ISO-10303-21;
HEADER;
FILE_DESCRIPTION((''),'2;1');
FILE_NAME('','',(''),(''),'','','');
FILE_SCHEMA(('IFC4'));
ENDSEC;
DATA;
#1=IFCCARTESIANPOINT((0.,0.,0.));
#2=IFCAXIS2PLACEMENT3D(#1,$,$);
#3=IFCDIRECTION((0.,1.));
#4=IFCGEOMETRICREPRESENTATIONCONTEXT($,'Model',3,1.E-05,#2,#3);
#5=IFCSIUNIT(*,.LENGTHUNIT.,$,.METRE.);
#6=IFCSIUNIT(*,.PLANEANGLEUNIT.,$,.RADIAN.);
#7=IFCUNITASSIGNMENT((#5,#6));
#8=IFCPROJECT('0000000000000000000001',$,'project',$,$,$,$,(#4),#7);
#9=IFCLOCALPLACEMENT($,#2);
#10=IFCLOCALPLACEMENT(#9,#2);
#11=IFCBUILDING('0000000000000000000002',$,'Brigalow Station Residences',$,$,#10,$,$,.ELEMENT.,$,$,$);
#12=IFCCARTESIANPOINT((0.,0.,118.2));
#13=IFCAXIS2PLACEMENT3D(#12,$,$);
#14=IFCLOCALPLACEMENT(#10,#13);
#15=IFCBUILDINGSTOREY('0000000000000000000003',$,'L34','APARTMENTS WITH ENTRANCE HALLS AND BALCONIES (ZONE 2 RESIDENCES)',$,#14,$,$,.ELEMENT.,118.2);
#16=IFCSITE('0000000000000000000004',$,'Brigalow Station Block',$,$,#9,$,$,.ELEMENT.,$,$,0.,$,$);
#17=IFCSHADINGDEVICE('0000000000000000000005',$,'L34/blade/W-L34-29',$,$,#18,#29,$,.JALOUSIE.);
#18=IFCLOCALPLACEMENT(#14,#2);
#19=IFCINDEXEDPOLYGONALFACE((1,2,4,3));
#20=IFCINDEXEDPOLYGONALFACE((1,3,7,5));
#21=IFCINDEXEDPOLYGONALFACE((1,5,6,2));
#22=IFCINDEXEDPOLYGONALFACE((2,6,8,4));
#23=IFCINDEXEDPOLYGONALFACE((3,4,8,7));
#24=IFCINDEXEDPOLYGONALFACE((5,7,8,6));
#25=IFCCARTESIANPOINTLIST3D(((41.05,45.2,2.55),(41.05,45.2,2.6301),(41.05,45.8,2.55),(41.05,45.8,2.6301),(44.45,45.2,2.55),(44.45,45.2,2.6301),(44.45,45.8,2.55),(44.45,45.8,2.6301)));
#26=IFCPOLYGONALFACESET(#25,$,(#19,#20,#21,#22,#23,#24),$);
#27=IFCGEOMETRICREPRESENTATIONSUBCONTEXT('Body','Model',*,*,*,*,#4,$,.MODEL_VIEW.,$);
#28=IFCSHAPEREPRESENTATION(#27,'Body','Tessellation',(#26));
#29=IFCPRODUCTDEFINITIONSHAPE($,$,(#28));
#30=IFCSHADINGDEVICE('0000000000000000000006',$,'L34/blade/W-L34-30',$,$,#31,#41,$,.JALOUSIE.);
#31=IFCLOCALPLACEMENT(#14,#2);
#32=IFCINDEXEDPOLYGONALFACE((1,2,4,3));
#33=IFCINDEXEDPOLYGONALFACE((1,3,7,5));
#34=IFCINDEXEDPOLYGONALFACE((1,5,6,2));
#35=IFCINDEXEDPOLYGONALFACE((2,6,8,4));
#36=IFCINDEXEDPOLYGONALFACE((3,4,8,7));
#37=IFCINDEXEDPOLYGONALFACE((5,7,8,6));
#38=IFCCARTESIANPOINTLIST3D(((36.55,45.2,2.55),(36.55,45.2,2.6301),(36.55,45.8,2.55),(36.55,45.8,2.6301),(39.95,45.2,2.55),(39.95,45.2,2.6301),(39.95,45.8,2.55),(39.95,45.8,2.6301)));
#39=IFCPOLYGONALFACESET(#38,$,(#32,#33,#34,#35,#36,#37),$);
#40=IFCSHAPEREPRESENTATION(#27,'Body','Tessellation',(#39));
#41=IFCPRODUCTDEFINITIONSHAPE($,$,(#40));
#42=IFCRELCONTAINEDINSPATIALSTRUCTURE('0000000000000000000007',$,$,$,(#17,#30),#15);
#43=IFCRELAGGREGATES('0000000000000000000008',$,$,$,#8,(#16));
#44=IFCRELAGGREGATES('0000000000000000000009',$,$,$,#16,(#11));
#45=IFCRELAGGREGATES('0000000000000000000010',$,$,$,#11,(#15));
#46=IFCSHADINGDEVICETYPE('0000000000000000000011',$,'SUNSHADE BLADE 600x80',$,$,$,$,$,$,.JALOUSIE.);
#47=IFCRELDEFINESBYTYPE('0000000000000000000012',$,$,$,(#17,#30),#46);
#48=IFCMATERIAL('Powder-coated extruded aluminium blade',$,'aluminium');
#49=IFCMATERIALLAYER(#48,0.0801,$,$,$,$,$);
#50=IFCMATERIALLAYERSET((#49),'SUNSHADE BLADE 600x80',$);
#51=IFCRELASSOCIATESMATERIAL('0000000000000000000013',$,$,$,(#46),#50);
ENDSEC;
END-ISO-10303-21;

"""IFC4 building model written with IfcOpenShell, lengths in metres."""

from ifc_helpers import new_model, si_unit, direction, frame, origin, origin_2d, place, context, subcontext, project, spatial, rectangle, extrude, material, layer, layer_set, type_object, element, save


model = new_model("IFC4")

# Units and contexts
model_context = context("Model", 3, precision=1e-05, world=origin(), true_north=direction((0.0, 1.0)))
body_context = subcontext(model_context, "Body", "Model", "MODEL_VIEW")
ifc_project = project(units=[si_unit("LENGTHUNIT", "METRE"), si_unit("PLANEANGLEUNIT", "RADIAN")], contexts=[model_context])

# Site, building, storey
site_placement = place(None, origin())
site = spatial("IfcSite", under=ifc_project, at=site_placement, Name="Brigalow Station Block", CompositionType="ELEMENT", RefElevation=0.0)
building_placement = place(site_placement, origin())
building = spatial("IfcBuilding", under=site, at=building_placement, Name="Brigalow Station Residences", CompositionType="ELEMENT")
storey_placement = place(building_placement, frame((0.0, 0.0, 118.2)))
storey = spatial("IfcBuildingStorey", under=building, at=storey_placement, Name="L34", Description="APARTMENTS WITH ENTRANCE HALLS AND BALCONIES (ZONE 2 RESIDENCES)", CompositionType="ELEMENT", Elevation=118.2)

# Shading devices
ifc_material_1 = material(Name="Powder-coated extruded aluminium blade", Category="aluminium")
ifc_layer_1 = layer(ifc_material_1, 0.0801)
ifc_layer_set_1 = layer_set([ifc_layer_1], Name="SUNSHADE BLADE 600x80")
shading_device_type = type_object("IfcShadingDeviceType", Name="SUNSHADE BLADE 600x80", PredefinedType="JALOUSIE", material=ifc_layer_set_1)
for number, where, z_axis, x_axis, name in (
    (1, (42.75, 45.5, 2.55), (0.0, 0.0, 1.0), (-1.0, 0.0, 0.0), "L34/blade/W-L34-29"),
    (2, (38.25, 45.5, 2.55), (0.0, 0.0, 1.0), (-1.0, 0.0, 0.0), "L34/blade/W-L34-30"),
):
    element("IfcShadingDevice", number, at=place(storey_placement, frame(where, z_axis=z_axis, x_axis=x_axis)), inside=storey, type_object=shading_device_type, Name=name, PredefinedType="JALOUSIE", context=body_context, shape_type="SweptSolid", body=[
        extrude(rectangle(XDim=3.3999, YDim=0.6001, at=origin_2d()), origin(), (0.0, 0.0, 1.0), 0.0801),
    ])

save(model, "model.ifc")
